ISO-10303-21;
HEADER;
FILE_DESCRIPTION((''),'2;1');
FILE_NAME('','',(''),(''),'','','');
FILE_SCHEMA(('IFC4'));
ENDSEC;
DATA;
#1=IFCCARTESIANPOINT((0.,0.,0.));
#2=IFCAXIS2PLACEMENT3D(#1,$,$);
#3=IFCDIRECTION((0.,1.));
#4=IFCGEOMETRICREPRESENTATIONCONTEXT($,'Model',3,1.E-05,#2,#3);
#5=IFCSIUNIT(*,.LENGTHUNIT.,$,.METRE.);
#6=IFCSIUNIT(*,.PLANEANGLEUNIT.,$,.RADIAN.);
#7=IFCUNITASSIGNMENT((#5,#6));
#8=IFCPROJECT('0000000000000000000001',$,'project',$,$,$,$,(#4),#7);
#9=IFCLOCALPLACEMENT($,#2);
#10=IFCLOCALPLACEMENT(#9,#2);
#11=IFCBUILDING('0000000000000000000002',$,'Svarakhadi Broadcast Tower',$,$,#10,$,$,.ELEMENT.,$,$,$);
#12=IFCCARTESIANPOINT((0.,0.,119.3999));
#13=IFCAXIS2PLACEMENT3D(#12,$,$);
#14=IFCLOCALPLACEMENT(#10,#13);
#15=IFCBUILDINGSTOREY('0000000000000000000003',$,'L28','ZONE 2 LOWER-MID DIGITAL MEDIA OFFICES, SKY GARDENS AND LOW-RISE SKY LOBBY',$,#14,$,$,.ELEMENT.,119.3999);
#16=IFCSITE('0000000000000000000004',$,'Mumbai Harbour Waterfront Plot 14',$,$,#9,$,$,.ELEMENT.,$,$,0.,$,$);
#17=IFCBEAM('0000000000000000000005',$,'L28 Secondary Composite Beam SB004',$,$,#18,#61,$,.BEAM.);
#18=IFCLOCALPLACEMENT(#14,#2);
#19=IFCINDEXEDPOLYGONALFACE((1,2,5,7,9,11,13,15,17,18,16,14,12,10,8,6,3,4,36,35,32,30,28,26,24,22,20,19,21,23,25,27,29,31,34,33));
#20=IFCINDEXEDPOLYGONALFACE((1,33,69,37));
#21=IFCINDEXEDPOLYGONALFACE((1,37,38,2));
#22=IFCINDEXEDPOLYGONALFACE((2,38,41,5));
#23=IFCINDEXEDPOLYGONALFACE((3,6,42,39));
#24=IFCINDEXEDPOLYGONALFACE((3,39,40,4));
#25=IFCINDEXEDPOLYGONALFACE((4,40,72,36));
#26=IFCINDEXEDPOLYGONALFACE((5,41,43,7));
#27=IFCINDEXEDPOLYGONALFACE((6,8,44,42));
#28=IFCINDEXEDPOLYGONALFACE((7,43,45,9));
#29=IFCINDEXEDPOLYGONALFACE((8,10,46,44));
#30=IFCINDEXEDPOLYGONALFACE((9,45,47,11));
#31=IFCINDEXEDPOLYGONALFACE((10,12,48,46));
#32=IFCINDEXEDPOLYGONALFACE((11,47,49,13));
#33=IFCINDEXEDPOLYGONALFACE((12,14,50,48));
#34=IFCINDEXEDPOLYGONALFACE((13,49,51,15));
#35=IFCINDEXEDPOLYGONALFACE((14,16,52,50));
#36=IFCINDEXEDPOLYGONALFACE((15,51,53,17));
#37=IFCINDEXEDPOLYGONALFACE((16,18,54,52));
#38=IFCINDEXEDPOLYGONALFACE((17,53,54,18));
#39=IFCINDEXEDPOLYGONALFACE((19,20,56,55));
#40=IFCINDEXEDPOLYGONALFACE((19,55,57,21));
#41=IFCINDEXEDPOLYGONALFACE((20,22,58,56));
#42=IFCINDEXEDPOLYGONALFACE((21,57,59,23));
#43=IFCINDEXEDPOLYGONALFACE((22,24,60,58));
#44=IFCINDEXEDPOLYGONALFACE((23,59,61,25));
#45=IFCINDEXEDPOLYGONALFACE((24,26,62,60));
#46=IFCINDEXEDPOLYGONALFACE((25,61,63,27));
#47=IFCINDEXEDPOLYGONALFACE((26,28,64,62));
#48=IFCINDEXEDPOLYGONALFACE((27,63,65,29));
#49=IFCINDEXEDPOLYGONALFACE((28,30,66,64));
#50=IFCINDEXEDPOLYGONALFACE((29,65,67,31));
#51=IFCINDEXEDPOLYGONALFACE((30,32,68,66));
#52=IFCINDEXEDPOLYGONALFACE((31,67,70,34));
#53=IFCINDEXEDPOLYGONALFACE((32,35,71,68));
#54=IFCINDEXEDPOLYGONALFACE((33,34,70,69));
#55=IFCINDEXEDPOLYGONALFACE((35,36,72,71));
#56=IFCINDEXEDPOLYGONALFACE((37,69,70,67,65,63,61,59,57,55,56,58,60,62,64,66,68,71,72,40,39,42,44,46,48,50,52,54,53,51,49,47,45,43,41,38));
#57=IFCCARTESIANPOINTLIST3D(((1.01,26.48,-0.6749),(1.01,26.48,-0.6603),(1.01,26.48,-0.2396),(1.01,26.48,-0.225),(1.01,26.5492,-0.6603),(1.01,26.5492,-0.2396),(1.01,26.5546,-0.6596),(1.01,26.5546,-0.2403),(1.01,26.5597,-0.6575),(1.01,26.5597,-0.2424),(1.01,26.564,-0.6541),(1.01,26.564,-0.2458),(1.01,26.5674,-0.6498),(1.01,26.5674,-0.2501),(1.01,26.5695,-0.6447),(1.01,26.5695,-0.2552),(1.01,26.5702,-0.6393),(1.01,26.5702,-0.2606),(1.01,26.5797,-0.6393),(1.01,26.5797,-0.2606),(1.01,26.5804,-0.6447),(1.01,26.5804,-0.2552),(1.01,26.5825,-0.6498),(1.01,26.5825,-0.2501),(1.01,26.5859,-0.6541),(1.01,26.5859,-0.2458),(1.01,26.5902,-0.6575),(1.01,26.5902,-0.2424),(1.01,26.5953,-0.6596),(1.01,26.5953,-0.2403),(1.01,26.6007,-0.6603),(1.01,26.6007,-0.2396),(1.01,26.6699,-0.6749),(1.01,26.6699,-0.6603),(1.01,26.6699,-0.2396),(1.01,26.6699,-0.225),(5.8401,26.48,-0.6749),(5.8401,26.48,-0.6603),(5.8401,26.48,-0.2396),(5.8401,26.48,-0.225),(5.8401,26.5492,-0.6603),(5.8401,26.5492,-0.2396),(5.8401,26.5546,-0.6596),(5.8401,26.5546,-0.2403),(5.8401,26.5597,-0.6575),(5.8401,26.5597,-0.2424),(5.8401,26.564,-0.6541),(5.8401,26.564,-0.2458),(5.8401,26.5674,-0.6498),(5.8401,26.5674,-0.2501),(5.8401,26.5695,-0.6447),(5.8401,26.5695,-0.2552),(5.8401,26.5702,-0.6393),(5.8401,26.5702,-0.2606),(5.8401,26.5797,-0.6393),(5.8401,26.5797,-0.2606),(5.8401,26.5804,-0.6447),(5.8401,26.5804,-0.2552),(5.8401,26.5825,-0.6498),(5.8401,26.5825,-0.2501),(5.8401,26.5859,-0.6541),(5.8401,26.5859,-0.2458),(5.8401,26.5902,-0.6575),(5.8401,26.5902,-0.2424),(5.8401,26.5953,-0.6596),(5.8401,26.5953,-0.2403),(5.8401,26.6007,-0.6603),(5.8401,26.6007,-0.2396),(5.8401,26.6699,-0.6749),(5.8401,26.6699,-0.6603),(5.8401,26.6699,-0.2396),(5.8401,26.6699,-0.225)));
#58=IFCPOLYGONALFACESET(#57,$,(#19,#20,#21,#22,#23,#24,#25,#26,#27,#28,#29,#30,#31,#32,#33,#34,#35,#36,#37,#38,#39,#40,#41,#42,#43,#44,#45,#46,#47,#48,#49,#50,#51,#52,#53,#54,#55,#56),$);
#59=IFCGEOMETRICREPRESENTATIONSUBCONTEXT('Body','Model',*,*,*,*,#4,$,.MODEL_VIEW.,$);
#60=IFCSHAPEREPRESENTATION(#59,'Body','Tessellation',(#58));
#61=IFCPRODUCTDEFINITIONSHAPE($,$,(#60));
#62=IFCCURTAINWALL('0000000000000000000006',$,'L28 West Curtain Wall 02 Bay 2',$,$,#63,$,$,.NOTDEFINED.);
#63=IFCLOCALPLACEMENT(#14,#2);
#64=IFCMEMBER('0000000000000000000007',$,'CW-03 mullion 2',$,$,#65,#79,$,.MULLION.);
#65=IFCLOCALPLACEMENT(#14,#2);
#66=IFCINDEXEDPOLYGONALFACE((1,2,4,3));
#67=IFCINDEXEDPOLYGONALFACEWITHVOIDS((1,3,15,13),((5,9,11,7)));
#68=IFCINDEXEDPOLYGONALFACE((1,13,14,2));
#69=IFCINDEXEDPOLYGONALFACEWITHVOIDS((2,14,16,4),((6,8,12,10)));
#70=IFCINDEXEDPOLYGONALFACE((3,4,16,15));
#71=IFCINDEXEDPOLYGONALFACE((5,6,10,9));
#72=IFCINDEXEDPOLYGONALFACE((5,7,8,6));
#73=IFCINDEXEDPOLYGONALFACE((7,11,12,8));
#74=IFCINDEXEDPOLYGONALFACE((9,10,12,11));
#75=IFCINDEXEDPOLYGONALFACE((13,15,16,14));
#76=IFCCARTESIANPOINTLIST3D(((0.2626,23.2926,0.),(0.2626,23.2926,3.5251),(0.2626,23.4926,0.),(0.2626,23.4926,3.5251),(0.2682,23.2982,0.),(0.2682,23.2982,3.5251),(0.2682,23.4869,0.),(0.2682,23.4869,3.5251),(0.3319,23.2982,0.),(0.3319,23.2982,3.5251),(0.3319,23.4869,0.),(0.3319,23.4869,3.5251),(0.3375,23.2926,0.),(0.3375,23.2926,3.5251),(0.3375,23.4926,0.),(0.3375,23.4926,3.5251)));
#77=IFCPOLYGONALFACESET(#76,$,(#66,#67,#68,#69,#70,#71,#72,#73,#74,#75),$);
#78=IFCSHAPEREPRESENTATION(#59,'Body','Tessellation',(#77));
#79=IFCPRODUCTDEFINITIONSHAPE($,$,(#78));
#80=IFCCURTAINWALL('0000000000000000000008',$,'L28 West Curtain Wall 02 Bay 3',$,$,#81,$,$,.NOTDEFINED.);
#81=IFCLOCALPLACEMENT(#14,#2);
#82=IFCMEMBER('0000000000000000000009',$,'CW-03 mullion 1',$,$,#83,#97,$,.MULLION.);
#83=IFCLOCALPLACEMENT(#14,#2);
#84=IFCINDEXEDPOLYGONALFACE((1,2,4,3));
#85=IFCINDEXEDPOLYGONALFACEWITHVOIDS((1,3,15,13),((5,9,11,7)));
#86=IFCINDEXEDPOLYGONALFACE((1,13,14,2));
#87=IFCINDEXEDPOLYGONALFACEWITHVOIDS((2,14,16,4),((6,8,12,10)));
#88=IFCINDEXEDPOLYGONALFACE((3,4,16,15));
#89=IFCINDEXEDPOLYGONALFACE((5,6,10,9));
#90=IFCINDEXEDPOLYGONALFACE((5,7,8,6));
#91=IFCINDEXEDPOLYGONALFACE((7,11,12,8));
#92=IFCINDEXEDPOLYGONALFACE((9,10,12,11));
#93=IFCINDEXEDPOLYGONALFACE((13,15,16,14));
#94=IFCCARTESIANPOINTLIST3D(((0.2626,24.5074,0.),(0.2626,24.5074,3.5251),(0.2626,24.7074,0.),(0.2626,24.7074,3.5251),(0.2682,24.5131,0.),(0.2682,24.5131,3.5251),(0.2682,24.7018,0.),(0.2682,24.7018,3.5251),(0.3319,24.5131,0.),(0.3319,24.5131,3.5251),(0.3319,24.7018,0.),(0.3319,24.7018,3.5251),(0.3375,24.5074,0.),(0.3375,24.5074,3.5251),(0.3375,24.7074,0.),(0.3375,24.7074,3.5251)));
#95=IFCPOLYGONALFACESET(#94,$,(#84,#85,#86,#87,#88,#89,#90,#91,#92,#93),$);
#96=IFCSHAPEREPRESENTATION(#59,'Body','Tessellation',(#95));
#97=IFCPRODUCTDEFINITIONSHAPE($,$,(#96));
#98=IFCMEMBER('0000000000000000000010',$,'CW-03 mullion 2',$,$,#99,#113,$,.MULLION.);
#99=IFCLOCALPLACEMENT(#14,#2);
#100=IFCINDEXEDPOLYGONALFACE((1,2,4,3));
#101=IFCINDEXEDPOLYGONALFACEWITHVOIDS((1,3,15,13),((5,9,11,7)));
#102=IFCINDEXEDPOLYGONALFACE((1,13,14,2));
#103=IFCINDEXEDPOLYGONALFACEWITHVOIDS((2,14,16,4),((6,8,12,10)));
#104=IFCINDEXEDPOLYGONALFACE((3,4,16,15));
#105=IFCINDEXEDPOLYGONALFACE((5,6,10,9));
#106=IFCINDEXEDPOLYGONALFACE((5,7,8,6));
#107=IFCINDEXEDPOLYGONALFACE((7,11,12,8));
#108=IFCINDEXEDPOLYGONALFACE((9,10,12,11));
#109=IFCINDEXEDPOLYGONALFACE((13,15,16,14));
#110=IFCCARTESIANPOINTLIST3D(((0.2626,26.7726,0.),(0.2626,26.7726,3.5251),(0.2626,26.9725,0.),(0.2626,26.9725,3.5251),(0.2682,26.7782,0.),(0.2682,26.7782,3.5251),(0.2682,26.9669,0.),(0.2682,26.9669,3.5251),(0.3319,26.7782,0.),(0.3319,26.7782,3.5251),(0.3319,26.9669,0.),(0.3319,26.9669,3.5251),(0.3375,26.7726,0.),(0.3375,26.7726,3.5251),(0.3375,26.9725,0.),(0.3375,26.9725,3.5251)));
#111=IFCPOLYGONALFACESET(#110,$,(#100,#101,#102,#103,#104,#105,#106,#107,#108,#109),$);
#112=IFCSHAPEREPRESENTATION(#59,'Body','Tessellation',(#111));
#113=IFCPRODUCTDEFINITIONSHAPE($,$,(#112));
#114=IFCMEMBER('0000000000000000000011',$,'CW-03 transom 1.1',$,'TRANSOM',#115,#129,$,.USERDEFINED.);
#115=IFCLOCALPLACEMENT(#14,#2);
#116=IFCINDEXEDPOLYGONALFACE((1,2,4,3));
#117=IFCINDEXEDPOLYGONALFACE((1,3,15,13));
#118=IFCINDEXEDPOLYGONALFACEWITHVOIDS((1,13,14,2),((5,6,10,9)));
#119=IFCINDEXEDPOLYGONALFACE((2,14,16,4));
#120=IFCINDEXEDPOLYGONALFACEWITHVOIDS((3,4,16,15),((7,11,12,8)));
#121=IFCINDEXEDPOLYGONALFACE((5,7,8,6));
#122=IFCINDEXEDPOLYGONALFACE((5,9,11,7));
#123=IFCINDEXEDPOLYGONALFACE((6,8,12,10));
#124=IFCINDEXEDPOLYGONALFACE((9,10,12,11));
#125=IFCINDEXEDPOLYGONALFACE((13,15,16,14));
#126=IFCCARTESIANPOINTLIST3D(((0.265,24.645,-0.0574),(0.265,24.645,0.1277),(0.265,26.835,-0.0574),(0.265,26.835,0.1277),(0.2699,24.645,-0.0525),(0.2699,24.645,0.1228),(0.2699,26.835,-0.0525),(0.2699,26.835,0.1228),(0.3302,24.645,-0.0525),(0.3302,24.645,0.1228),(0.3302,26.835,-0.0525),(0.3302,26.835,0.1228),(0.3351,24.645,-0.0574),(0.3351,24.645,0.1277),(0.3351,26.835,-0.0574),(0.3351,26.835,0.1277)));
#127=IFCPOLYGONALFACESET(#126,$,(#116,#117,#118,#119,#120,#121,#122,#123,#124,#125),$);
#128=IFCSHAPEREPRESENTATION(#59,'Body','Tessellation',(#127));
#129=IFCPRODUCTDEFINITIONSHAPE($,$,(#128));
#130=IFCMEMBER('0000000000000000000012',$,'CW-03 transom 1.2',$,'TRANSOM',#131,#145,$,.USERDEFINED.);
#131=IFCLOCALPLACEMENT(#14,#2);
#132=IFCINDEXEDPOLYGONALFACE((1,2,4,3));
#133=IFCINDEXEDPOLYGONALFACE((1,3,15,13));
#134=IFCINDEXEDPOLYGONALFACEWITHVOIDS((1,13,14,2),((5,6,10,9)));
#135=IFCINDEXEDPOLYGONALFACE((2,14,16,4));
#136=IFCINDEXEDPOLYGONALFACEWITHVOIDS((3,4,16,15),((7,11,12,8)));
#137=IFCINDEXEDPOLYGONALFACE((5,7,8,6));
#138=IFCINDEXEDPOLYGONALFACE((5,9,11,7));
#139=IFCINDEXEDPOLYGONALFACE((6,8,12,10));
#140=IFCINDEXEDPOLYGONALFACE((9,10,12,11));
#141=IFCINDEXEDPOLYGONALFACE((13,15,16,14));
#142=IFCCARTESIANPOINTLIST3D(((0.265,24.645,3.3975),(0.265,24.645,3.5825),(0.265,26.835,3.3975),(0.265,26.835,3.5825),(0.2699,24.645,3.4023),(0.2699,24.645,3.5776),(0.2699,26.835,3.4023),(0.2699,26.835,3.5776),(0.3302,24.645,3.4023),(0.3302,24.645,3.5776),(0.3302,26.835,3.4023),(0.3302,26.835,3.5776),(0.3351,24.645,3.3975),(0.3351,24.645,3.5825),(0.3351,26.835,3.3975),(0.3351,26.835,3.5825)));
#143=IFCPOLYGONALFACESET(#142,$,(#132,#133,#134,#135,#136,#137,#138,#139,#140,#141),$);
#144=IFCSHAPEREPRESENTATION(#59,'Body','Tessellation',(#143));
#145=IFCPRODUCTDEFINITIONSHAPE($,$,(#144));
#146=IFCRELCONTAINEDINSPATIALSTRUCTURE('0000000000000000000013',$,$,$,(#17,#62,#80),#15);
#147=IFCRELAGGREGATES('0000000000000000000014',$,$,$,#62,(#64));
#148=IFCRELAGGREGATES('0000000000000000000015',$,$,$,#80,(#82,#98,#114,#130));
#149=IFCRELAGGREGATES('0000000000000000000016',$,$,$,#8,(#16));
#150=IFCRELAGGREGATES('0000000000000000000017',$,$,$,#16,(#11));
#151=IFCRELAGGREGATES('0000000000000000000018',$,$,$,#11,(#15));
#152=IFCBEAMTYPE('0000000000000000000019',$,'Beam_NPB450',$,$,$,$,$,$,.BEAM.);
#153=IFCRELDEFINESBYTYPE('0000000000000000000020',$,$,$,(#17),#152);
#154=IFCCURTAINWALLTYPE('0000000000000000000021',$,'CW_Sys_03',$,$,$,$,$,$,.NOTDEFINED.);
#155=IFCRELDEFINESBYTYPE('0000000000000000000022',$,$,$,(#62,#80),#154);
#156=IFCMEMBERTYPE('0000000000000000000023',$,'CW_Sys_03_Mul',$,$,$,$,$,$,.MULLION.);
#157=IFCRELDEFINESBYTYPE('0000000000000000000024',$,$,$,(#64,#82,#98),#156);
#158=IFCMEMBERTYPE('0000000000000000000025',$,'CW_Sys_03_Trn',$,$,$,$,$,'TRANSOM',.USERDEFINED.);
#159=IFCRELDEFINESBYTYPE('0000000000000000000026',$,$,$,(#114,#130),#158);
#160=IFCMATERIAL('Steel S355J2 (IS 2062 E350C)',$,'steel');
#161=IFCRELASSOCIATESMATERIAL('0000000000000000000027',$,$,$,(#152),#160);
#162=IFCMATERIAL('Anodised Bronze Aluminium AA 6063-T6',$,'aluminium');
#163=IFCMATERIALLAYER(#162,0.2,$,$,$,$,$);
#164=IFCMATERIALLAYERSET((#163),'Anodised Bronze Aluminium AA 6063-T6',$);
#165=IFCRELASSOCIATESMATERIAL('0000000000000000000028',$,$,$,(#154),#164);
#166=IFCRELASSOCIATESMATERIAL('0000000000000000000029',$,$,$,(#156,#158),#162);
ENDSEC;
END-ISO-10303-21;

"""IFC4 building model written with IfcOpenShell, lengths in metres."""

from ifc_helpers import new_model, si_unit, direction, frame, origin, origin_2d, place, context, subcontext, project, spatial, hollow_rectangle, i_section, extrude, material, layer, layer_set, material_profile, profile_set, type_object, element, aggregate, save


model = new_model("IFC4")

# Units and contexts
model_context = context("Model", 3, precision=1e-05, world=origin(), true_north=direction((0.0, 1.0)))
body_context = subcontext(model_context, "Body", "Model", "MODEL_VIEW")
ifc_project = project(units=[si_unit("LENGTHUNIT", "METRE"), si_unit("PLANEANGLEUNIT", "RADIAN")], contexts=[model_context])

# Site, building, storey
site_placement = place(None, origin())
site = spatial("IfcSite", under=ifc_project, at=site_placement, Name="Mumbai Harbour Waterfront Plot 14", CompositionType="ELEMENT", RefElevation=0.0)
building_placement = place(site_placement, origin())
building = spatial("IfcBuilding", under=site, at=building_placement, Name="Svarakhadi Broadcast Tower", CompositionType="ELEMENT")
storey_placement = place(building_placement, frame((0.0, 0.0, 119.3999)))
storey = spatial("IfcBuildingStorey", under=building, at=storey_placement, Name="L28", Description="ZONE 2 LOWER-MID DIGITAL MEDIA OFFICES, SKY GARDENS AND LOW-RISE SKY LOBBY", CompositionType="ELEMENT", Elevation=119.3999)

# Beam
ifc_material_1 = material(Name="Steel S355J2 (IS 2062 E350C)", Category="steel")
ifc_material_profile_1 = material_profile(ifc_material_1, i_section(OverallWidth=0.1899, OverallDepth=0.45, WebThickness=0.0095, FlangeThickness=0.0146, FilletRadius=0.021, at=origin_2d()), Name="NPB 450x190x78")
ifc_profile_set_1 = profile_set([ifc_material_profile_1], Name="Steel S355J2 (IS 2062 E350C)")
beam_type_1 = type_object("IfcBeamType", Name="Beam_NPB450", PredefinedType="BEAM", material=ifc_profile_set_1)
for number, where, z_axis, x_axis, name in (
    (1, (1.01, 26.575, -0.45), (1.0, 0.0, 0.0), (0.0, 1.0, 0.0), "L28 Secondary Composite Beam SB004"),
):
    element("IfcBeam", number, at=place(storey_placement, frame(where, z_axis=z_axis, x_axis=x_axis)), inside=storey, type_object=beam_type_1, Name=name, PredefinedType="BEAM", context=body_context, shape_type="SweptSolid", body=[
        extrude(i_section(OverallWidth=0.1899, OverallDepth=0.45, WebThickness=0.0095, FlangeThickness=0.0146, FilletRadius=0.021, at=origin_2d()), origin(), (0.0, 0.0, 1.0), 4.8301),
    ])

# Curtain wall, member
ifc_material_2 = material(Name="Anodised Bronze Aluminium AA 6063-T6", Category="aluminium")
ifc_layer_1 = layer(ifc_material_2, 0.2)
ifc_layer_set_1 = layer_set([ifc_layer_1], Name="Anodised Bronze Aluminium AA 6063-T6")
curtain_wall_type = type_object("IfcCurtainWallType", Name="CW_Sys_03", PredefinedType="NOTDEFINED", material=ifc_layer_set_1)
curtain_wall_1_placement = place(storey_placement, origin())
curtain_wall_1 = element("IfcCurtainWall", 2, at=curtain_wall_1_placement, inside=storey, type_object=curtain_wall_type, Name="L28 West Curtain Wall 02 Bay 2", PredefinedType="NOTDEFINED")
ifc_material_profile_2 = material_profile(ifc_material_2, hollow_rectangle(XDim=0.075, YDim=0.2, WallThickness=0.0056, at=origin_2d()), Name="ALU MULLION 200x75x6")
ifc_profile_set_2 = profile_set([ifc_material_profile_2], Name="Anodised Bronze Aluminium AA 6063-T6")
member_type_1 = type_object("IfcMemberType", Name="CW_Sys_03_Mul", PredefinedType="MULLION", material=ifc_profile_set_2)
member_1_placement = place(storey_placement, frame((0.3, 23.3926, 0.0), z_axis=(0.0, 0.0, 1.0), x_axis=(-1.0, 0.0, 0.0)))
member_1 = element("IfcMember", 3, at=member_1_placement, type_object=member_type_1, Name="CW-03 mullion 2", PredefinedType="MULLION", context=body_context, shape_type="SweptSolid", body=[
    extrude(hollow_rectangle(XDim=0.075, YDim=0.2, WallThickness=0.0056, at=origin_2d()), origin(), (0.0, 0.0, 1.0), 3.5251),
])
aggregate(curtain_wall_1, [member_1])

# Curtain wall, members
curtain_wall_2_placement = place(storey_placement, origin())
curtain_wall_2 = element("IfcCurtainWall", 4, at=curtain_wall_2_placement, inside=storey, type_object=curtain_wall_type, Name="L28 West Curtain Wall 02 Bay 3", PredefinedType="NOTDEFINED")
member_2_placement = place(storey_placement, frame((0.3, 24.6074, 0.0), z_axis=(0.0, 0.0, 1.0), x_axis=(-1.0, 0.0, 0.0)))
member_2 = element("IfcMember", 5, at=member_2_placement, type_object=member_type_1, Name="CW-03 mullion 1", PredefinedType="MULLION", context=body_context, shape_type="SweptSolid", body=[
    extrude(hollow_rectangle(XDim=0.075, YDim=0.2, WallThickness=0.0056, at=origin_2d()), origin(), (0.0, 0.0, 1.0), 3.5251),
])
member_3_placement = place(storey_placement, frame((0.3, 26.8726, 0.0), z_axis=(0.0, 0.0, 1.0), x_axis=(-1.0, 0.0, 0.0)))
member_3 = element("IfcMember", 6, at=member_3_placement, type_object=member_type_1, Name="CW-03 mullion 2", PredefinedType="MULLION", context=body_context, shape_type="SweptSolid", body=[
    extrude(hollow_rectangle(XDim=0.075, YDim=0.2, WallThickness=0.0056, at=origin_2d()), origin(), (0.0, 0.0, 1.0), 3.5251),
])
ifc_material_profile_3 = material_profile(ifc_material_2, hollow_rectangle(XDim=0.0701, YDim=0.1851, WallThickness=0.0049, at=origin_2d()), Name="ALU TRANSOM 185x70x5")
ifc_profile_set_3 = profile_set([ifc_material_profile_3], Name="Anodised Bronze Aluminium AA 6063-T6")
member_type_2 = type_object("IfcMemberType", Name="CW_Sys_03_Trn", ElementType="TRANSOM", PredefinedType="USERDEFINED", material=ifc_profile_set_3)
member_4_placement = place(storey_placement, frame((0.3, 24.645, 0.0352), z_axis=(0.0, 1.0, 0.0), x_axis=(-1.0, 0.0, 0.0)))
member_4 = element("IfcMember", 7, at=member_4_placement, type_object=member_type_2, Name="CW-03 transom 1.1", ObjectType="TRANSOM", PredefinedType="USERDEFINED", context=body_context, shape_type="SweptSolid", body=[
    extrude(hollow_rectangle(XDim=0.0701, YDim=0.1851, WallThickness=0.0049, at=origin_2d()), origin(), (0.0, 0.0, 1.0), 2.1899),
])
member_5_placement = place(storey_placement, frame((0.3, 24.645, 3.49), z_axis=(0.0, 1.0, 0.0), x_axis=(-1.0, 0.0, 0.0)))
member_5 = element("IfcMember", 8, at=member_5_placement, type_object=member_type_2, Name="CW-03 transom 1.2", ObjectType="TRANSOM", PredefinedType="USERDEFINED", context=body_context, shape_type="SweptSolid", body=[
    extrude(hollow_rectangle(XDim=0.0701, YDim=0.1851, WallThickness=0.0049, at=origin_2d()), origin(), (0.0, 0.0, 1.0), 2.1899),
])

aggregate(curtain_wall_2, [member_2, member_3, member_4, member_5])

save(model, "model.ifc")
